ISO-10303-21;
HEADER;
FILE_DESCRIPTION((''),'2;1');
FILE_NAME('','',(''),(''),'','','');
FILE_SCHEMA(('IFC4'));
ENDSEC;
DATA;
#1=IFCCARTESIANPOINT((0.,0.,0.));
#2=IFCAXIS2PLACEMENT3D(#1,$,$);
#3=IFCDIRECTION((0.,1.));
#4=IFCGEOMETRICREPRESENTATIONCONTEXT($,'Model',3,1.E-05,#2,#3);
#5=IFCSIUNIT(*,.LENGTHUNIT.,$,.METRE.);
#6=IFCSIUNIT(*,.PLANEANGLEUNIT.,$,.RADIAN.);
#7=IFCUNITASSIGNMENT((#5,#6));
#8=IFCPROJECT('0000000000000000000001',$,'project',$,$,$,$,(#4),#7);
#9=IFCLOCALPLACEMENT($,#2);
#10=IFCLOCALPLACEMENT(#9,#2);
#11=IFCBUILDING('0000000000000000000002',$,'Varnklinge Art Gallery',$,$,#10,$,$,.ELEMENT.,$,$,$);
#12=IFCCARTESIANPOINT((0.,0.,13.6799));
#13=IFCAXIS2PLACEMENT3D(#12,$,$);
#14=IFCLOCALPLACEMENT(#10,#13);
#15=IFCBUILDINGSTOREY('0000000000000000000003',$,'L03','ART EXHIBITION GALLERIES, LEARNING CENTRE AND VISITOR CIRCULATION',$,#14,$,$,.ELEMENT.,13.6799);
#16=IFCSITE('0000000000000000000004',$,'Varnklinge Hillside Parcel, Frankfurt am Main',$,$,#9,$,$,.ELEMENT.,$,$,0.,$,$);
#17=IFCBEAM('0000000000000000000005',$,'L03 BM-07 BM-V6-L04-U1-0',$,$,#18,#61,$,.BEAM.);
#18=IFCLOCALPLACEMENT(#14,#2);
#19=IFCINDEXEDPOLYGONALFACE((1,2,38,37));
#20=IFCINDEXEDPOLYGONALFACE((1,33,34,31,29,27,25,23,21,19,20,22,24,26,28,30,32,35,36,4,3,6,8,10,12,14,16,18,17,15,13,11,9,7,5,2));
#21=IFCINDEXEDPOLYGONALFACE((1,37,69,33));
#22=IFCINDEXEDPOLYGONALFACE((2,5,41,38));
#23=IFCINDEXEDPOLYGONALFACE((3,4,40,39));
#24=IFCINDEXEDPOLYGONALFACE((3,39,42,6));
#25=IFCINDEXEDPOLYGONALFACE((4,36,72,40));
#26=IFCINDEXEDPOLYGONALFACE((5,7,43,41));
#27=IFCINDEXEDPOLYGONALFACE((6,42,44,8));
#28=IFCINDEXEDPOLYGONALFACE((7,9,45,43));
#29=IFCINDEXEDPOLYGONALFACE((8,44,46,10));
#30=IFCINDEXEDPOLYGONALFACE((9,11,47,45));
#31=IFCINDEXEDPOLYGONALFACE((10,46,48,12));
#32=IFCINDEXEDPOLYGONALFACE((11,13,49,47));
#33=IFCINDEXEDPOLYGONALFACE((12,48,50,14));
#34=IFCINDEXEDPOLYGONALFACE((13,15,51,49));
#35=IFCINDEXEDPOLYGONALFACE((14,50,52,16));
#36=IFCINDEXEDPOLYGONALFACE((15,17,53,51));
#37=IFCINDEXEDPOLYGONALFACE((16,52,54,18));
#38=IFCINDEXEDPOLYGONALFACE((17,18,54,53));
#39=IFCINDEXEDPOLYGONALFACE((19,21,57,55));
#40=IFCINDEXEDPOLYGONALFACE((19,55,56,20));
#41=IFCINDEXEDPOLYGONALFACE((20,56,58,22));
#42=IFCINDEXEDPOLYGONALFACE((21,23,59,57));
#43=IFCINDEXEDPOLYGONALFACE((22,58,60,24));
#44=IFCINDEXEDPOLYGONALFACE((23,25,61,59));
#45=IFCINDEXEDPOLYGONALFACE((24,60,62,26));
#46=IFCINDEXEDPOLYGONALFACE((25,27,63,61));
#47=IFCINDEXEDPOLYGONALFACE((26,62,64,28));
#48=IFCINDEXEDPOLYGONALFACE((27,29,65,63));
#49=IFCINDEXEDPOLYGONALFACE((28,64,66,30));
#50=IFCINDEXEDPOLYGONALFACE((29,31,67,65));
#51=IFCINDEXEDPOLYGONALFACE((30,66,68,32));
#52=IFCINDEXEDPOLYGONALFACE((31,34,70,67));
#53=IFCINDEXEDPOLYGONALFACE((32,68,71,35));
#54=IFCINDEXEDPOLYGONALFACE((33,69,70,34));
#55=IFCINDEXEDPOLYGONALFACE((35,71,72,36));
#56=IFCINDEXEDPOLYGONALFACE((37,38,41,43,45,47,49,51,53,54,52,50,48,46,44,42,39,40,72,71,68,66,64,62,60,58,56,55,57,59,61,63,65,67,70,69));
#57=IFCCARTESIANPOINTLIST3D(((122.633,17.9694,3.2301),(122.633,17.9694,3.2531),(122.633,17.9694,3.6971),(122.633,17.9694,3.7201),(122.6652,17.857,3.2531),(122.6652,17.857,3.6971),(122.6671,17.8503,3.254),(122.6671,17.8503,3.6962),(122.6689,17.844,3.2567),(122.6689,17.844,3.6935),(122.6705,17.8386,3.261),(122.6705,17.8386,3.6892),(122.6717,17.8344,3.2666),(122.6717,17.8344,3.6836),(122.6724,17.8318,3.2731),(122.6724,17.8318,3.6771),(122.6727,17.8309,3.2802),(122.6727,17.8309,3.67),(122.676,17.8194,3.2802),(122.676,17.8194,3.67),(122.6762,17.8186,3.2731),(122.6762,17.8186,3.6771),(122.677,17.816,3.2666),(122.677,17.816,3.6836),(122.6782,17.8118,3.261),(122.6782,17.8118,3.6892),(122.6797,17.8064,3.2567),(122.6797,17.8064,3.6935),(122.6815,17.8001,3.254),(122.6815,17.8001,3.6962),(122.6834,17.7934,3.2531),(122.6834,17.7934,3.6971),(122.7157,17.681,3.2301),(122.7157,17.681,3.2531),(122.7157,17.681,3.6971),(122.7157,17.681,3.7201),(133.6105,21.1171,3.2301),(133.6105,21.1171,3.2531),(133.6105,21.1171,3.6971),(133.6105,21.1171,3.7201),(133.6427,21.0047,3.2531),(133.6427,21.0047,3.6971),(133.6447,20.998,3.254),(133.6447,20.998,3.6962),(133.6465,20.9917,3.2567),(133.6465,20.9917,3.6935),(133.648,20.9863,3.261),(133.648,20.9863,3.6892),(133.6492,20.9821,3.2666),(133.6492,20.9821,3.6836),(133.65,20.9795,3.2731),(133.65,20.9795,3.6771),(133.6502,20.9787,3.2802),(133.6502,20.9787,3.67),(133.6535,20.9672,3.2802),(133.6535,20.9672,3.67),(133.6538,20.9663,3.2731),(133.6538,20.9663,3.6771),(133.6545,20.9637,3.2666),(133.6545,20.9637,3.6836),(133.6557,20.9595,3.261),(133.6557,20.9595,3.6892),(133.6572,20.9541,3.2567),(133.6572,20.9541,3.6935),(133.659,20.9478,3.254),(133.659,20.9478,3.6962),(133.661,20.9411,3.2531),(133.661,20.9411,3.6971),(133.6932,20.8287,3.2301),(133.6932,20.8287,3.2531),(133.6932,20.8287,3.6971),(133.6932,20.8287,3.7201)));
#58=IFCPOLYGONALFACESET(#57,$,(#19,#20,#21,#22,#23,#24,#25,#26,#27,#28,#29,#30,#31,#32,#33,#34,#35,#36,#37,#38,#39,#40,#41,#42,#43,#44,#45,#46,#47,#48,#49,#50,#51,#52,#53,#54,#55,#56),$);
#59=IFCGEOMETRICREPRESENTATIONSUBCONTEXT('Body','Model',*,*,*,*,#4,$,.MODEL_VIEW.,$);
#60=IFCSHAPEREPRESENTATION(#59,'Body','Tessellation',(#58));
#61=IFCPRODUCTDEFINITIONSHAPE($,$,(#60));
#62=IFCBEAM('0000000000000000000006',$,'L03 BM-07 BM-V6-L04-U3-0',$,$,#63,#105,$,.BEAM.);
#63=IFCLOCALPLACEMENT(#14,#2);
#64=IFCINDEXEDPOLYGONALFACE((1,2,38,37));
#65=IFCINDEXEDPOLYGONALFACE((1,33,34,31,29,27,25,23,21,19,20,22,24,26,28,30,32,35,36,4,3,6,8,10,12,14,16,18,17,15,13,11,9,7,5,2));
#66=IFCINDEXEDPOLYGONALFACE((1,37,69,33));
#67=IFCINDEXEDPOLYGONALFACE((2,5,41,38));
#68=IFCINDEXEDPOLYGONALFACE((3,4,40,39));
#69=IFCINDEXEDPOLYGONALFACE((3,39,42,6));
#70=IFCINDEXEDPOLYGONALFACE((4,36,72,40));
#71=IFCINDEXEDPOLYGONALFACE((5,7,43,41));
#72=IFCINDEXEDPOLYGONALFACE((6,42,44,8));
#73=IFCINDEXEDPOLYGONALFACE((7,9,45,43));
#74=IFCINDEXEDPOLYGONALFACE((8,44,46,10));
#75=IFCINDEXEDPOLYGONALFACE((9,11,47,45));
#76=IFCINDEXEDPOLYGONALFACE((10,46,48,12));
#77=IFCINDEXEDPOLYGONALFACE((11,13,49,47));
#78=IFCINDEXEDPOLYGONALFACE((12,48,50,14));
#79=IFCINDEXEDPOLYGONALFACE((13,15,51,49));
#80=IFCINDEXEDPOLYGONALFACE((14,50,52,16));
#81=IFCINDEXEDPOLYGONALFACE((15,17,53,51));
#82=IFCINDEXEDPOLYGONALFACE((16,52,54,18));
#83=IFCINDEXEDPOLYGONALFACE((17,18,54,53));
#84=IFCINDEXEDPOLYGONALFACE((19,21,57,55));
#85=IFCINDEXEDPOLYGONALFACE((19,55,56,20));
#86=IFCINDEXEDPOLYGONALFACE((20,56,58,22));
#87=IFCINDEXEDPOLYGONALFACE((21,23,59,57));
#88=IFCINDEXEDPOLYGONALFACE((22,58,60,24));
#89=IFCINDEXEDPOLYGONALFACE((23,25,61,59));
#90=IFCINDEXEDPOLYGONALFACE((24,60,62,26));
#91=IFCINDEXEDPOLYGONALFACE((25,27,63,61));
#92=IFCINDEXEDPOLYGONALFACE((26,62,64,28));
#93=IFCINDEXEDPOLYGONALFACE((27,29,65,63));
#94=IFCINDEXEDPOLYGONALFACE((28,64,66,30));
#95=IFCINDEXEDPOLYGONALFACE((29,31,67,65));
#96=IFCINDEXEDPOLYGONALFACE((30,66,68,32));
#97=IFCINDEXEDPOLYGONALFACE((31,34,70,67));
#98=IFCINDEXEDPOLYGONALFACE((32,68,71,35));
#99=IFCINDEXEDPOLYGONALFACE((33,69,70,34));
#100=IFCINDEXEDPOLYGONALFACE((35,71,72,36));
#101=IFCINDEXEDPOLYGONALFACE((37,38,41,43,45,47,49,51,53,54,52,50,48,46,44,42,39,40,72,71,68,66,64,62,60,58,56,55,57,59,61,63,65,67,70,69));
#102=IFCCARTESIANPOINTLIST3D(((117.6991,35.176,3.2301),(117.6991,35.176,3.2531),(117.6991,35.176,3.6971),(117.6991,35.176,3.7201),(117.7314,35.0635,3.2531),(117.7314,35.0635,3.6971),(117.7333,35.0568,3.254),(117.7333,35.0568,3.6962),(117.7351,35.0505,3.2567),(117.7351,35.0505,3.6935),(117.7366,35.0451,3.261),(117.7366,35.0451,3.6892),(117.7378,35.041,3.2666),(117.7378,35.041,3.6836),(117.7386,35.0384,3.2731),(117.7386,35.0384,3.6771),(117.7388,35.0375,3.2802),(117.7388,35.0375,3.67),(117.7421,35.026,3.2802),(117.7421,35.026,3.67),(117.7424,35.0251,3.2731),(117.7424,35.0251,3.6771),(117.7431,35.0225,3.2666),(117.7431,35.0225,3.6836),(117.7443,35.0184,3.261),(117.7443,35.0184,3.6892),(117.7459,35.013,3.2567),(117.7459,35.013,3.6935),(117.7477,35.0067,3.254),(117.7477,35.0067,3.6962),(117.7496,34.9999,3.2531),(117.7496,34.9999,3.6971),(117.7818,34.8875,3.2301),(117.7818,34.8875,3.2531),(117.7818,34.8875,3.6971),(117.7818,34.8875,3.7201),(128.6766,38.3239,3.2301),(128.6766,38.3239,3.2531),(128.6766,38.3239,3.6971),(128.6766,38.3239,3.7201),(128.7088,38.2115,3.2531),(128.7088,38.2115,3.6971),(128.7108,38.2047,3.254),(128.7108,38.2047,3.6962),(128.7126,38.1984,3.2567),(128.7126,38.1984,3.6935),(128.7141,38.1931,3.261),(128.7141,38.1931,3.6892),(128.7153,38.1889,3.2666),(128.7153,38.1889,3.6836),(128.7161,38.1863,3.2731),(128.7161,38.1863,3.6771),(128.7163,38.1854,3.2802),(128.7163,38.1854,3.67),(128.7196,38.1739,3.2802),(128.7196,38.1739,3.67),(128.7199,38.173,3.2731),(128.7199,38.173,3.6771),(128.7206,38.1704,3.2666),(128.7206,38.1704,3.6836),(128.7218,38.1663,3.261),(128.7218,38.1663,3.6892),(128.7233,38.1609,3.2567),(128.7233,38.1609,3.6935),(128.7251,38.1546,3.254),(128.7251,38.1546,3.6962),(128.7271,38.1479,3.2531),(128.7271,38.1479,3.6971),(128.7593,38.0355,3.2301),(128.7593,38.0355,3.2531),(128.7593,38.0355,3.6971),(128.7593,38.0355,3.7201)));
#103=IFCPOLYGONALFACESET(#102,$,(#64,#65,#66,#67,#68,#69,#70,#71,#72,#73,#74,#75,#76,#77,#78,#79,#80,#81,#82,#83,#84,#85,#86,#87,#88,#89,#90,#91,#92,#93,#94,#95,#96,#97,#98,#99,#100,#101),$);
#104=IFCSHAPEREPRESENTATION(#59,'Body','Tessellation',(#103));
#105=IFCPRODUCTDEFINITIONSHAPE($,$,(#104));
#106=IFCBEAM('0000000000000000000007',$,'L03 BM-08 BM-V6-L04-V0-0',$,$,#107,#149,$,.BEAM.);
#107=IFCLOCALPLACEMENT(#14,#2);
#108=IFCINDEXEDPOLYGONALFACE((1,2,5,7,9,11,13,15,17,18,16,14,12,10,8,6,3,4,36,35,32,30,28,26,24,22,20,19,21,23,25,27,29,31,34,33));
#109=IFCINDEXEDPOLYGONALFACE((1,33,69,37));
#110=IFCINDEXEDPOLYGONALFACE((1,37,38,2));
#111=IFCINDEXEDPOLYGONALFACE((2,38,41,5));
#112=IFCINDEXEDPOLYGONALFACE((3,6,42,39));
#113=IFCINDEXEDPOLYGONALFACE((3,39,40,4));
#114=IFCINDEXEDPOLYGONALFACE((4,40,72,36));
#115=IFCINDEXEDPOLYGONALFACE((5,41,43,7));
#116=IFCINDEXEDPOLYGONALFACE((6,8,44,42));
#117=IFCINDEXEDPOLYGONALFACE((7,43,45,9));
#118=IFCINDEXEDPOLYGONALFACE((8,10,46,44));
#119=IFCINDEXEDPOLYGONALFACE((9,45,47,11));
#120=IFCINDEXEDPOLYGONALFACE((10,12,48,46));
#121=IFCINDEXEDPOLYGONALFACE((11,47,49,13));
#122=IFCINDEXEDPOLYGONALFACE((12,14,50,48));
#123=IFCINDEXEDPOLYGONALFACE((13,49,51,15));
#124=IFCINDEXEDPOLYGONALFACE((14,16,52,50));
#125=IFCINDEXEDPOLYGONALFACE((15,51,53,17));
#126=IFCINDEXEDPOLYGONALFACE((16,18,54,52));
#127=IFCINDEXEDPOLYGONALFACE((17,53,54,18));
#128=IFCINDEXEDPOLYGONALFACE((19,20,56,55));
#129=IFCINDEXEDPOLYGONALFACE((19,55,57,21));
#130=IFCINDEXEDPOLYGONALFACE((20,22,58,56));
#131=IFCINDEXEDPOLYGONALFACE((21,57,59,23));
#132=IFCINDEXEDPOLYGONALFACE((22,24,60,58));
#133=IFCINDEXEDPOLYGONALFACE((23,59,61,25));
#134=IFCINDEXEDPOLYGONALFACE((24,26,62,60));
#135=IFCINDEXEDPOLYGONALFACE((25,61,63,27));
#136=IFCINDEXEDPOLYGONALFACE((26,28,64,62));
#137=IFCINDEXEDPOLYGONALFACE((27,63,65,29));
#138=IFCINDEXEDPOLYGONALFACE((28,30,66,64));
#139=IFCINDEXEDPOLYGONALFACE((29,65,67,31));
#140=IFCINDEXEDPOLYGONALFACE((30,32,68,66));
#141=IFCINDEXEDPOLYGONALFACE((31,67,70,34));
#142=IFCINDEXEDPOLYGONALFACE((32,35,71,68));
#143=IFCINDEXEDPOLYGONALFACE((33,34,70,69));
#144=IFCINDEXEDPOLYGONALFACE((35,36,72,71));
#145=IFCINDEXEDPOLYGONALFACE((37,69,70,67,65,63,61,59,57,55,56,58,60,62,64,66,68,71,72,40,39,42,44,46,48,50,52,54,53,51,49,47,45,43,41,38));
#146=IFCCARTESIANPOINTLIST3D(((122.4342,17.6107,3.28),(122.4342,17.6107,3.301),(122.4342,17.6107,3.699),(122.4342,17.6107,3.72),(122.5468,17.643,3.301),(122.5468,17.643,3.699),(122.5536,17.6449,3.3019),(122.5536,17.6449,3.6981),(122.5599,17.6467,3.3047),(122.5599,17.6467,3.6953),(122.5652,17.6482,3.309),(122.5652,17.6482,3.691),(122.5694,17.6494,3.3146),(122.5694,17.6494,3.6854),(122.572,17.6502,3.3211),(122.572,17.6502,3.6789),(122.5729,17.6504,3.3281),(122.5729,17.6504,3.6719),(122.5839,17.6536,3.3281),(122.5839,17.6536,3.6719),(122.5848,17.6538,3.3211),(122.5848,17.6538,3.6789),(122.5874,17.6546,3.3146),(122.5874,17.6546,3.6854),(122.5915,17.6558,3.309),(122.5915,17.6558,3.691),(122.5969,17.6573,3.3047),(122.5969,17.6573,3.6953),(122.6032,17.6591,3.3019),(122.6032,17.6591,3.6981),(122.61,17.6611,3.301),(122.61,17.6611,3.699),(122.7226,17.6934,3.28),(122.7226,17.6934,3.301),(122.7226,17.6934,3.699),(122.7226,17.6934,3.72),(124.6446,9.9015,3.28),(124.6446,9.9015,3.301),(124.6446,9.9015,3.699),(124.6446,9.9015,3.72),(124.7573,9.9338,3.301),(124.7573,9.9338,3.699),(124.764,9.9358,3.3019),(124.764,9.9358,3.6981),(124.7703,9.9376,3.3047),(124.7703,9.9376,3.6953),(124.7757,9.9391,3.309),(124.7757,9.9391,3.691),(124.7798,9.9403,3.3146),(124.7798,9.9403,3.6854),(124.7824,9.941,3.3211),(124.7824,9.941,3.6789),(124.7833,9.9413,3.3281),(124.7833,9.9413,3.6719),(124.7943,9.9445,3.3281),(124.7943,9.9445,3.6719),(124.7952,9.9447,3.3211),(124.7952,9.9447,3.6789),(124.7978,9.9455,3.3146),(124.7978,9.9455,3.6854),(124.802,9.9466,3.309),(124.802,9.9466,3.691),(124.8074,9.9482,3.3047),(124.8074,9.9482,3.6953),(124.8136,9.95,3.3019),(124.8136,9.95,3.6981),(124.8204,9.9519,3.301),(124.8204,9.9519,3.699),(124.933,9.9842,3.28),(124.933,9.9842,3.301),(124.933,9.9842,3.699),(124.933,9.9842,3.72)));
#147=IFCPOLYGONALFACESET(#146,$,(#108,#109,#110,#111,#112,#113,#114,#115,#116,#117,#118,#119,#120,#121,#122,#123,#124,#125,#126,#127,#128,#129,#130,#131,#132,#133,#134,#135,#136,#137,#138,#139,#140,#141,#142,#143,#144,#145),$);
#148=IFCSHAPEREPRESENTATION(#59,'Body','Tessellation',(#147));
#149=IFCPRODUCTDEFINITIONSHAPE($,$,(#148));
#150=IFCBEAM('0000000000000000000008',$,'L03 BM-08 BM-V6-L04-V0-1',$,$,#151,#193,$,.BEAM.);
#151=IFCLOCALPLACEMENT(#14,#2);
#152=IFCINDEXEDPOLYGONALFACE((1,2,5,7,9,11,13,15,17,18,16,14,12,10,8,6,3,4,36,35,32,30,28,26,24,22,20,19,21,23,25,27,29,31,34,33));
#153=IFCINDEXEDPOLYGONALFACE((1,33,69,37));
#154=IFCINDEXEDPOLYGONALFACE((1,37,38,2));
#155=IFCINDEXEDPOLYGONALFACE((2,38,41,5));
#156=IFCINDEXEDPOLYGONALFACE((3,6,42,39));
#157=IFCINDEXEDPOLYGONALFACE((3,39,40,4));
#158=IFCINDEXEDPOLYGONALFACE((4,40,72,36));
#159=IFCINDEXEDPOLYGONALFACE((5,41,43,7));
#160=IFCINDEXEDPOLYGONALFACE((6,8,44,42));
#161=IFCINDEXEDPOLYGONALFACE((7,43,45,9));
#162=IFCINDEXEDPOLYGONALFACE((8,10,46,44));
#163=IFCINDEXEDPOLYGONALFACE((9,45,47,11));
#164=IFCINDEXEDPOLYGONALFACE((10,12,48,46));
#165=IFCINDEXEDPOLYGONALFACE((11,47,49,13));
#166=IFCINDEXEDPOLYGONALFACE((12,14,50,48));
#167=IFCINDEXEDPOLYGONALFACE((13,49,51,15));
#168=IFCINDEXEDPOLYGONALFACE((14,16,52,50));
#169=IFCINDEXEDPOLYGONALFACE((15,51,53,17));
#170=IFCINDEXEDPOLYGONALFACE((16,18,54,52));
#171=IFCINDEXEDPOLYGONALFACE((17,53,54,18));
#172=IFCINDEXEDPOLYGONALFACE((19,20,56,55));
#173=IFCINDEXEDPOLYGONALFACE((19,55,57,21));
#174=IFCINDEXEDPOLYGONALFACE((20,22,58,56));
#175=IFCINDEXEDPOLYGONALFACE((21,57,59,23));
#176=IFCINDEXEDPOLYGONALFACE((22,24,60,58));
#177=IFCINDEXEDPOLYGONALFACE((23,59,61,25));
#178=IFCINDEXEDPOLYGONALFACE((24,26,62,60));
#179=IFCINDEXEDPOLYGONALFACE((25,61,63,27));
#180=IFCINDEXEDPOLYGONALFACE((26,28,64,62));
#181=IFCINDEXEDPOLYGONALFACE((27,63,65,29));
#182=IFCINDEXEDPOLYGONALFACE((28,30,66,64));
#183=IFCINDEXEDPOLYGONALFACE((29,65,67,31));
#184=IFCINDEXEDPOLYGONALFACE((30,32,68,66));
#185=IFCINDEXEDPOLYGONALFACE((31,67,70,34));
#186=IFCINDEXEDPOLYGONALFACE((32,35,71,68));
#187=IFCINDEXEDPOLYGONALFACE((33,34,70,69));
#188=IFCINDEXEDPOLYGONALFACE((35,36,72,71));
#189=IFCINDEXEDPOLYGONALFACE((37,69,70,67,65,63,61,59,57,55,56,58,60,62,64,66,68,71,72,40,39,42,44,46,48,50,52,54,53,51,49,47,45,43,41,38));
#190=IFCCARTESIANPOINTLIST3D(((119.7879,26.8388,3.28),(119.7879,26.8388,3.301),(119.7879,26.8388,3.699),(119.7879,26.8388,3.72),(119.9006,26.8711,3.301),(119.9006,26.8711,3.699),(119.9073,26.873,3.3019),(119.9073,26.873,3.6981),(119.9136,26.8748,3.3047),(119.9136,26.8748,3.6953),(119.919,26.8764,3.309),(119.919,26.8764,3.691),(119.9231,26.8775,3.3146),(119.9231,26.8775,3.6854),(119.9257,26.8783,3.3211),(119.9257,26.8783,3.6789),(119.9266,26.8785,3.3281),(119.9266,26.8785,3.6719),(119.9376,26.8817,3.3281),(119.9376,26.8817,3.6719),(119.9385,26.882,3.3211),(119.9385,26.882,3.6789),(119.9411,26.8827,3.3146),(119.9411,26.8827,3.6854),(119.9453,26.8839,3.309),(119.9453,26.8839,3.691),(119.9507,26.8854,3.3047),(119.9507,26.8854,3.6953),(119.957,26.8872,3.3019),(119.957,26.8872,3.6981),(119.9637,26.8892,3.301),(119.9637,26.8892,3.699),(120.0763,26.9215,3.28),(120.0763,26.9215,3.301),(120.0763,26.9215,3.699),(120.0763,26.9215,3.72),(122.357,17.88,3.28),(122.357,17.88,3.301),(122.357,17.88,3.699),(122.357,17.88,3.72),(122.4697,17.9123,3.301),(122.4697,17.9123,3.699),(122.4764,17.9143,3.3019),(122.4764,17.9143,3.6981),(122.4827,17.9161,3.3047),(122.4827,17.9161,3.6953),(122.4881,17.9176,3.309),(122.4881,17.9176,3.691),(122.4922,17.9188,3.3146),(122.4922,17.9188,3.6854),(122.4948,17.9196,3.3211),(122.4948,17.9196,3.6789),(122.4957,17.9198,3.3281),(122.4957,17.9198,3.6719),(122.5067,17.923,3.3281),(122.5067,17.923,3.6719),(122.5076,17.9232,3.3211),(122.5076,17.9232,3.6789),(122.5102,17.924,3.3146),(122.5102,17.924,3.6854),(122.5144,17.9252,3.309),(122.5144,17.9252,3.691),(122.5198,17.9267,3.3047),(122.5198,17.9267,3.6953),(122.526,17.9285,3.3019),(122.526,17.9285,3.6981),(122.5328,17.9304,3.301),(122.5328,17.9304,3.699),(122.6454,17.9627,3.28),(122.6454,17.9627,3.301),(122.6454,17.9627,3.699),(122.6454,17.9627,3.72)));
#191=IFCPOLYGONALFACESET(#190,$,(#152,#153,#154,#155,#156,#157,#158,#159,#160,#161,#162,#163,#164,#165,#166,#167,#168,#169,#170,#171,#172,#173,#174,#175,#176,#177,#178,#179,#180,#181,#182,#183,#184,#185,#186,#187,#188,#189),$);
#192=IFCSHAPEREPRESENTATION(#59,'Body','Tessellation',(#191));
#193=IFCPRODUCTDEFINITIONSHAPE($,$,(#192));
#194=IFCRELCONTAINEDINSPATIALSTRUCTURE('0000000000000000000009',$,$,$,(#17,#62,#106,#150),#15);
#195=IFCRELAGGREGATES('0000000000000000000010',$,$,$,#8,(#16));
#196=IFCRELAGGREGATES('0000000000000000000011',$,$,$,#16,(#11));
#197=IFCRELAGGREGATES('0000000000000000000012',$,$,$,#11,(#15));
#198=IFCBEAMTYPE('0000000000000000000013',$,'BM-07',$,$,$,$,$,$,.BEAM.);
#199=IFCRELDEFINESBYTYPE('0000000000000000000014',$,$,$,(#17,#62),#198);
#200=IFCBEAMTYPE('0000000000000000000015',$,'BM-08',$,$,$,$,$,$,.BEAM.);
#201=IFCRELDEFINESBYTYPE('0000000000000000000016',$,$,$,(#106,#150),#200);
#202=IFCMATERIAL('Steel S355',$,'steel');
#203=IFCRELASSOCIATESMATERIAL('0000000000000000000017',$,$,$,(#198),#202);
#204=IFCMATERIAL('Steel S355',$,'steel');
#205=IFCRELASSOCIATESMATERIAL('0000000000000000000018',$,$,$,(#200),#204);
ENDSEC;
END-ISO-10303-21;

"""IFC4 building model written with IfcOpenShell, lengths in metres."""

from ifc_helpers import new_model, si_unit, direction, frame, origin, origin_2d, place, context, subcontext, project, spatial, i_section, extrude, material, material_profile, profile_set, type_object, element, save


model = new_model("IFC4")

# Units and contexts
model_context = context("Model", 3, precision=1e-05, world=origin(), true_north=direction((0.0, 1.0)))
body_context = subcontext(model_context, "Body", "Model", "MODEL_VIEW")
ifc_project = project(units=[si_unit("LENGTHUNIT", "METRE"), si_unit("PLANEANGLEUNIT", "RADIAN")], contexts=[model_context])

# Site, building, storey
site_placement = place(None, origin())
site = spatial("IfcSite", under=ifc_project, at=site_placement, Name="Varnklinge Hillside Parcel, Frankfurt am Main", CompositionType="ELEMENT", RefElevation=0.0)
building_placement = place(site_placement, origin())
building = spatial("IfcBuilding", under=site, at=building_placement, Name="Varnklinge Art Gallery", CompositionType="ELEMENT")
storey_placement = place(building_placement, frame((0.0, 0.0, 13.6799)))
storey = spatial("IfcBuildingStorey", under=building, at=storey_placement, Name="L03", Description="ART EXHIBITION GALLERIES, LEARNING CENTRE AND VISITOR CIRCULATION", CompositionType="ELEMENT", Elevation=13.6799)

# Beams
ifc_material_1 = material(Name="Steel S355", Category="steel")
ifc_material_profile_1 = material_profile(ifc_material_1, i_section(OverallWidth=0.3, OverallDepth=0.49, WebThickness=0.012, FlangeThickness=0.0229, FilletRadius=0.0271, at=origin_2d()), Name="HEA 500")
ifc_profile_set_1 = profile_set([ifc_material_profile_1], Name="Steel S355")
beam_type_1 = type_object("IfcBeamType", Name="BM-07", PredefinedType="BEAM", material=ifc_profile_set_1)
for number, where, z_axis, x_axis, name in (
    (1, (122.6743, 17.8252, 3.4751), (0.961263, 0.275633, 0.0), (-0.275633, 0.961263, 0.0), "L03 BM-07 BM-V6-L04-U1-0"),
    (2, (117.7405, 35.0317, 3.4751), (0.961257, 0.275653, 0.0), (-0.275653, 0.961257, 0.0), "L03 BM-07 BM-V6-L04-U3-0"),
):
    element("IfcBeam", number, at=place(storey_placement, frame(where, z_axis=z_axis, x_axis=x_axis)), inside=storey, type_object=beam_type_1, Name=name, PredefinedType="BEAM", context=body_context, shape_type="SweptSolid", body=[
        extrude(i_section(OverallWidth=0.3, OverallDepth=0.49, WebThickness=0.012, FlangeThickness=0.0229, FilletRadius=0.0271, at=origin_2d()), origin(), (0.0, 0.0, 1.0), 11.4199),
    ])
ifc_material_2 = material(Name="Steel S355", Category="steel")
ifc_material_profile_2 = material_profile(ifc_material_2, i_section(OverallWidth=0.3, OverallDepth=0.4399, WebThickness=0.0115, FlangeThickness=0.021, FilletRadius=0.0271, at=origin_2d()), Name="HEA 450")
ifc_profile_set_2 = profile_set([ifc_material_profile_2], Name="Steel S355")
beam_type_2 = type_object("IfcBeamType", Name="BM-08", PredefinedType="BEAM", material=ifc_profile_set_2)
beam_1_placement = place(storey_placement, frame((124.7888, 9.9429, 3.5), z_axis=(-0.275622, 0.961266, 0.0), x_axis=(-0.961266, -0.275622, 0.0)))
element("IfcBeam", 3, at=beam_1_placement, inside=storey, type_object=beam_type_2, Name="L03 BM-08 BM-V6-L04-V0-0", PredefinedType="BEAM", context=body_context, shape_type="SweptSolid", body=[
    extrude(i_section(OverallWidth=0.3, OverallDepth=0.4399, WebThickness=0.0115, FlangeThickness=0.021, FilletRadius=0.0271, at=origin_2d()), origin(), (0.0, 0.0, 1.0), 8.0198),
])
beam_2_placement = place(storey_placement, frame((122.5012, 17.9214, 3.5), z_axis=(-0.275659, 0.961256, 0.0), x_axis=(-0.961256, -0.275659, 0.0)))
element("IfcBeam", 4, at=beam_2_placement, inside=storey, type_object=beam_type_2, Name="L03 BM-08 BM-V6-L04-V0-1", PredefinedType="BEAM", context=body_context, shape_type="SweptSolid", body=[
    extrude(i_section(OverallWidth=0.3, OverallDepth=0.4399, WebThickness=0.0115, FlangeThickness=0.021, FilletRadius=0.0271, at=origin_2d()), origin(), (0.0, 0.0, 1.0), 9.3198),
])

save(model, "model.ifc")
